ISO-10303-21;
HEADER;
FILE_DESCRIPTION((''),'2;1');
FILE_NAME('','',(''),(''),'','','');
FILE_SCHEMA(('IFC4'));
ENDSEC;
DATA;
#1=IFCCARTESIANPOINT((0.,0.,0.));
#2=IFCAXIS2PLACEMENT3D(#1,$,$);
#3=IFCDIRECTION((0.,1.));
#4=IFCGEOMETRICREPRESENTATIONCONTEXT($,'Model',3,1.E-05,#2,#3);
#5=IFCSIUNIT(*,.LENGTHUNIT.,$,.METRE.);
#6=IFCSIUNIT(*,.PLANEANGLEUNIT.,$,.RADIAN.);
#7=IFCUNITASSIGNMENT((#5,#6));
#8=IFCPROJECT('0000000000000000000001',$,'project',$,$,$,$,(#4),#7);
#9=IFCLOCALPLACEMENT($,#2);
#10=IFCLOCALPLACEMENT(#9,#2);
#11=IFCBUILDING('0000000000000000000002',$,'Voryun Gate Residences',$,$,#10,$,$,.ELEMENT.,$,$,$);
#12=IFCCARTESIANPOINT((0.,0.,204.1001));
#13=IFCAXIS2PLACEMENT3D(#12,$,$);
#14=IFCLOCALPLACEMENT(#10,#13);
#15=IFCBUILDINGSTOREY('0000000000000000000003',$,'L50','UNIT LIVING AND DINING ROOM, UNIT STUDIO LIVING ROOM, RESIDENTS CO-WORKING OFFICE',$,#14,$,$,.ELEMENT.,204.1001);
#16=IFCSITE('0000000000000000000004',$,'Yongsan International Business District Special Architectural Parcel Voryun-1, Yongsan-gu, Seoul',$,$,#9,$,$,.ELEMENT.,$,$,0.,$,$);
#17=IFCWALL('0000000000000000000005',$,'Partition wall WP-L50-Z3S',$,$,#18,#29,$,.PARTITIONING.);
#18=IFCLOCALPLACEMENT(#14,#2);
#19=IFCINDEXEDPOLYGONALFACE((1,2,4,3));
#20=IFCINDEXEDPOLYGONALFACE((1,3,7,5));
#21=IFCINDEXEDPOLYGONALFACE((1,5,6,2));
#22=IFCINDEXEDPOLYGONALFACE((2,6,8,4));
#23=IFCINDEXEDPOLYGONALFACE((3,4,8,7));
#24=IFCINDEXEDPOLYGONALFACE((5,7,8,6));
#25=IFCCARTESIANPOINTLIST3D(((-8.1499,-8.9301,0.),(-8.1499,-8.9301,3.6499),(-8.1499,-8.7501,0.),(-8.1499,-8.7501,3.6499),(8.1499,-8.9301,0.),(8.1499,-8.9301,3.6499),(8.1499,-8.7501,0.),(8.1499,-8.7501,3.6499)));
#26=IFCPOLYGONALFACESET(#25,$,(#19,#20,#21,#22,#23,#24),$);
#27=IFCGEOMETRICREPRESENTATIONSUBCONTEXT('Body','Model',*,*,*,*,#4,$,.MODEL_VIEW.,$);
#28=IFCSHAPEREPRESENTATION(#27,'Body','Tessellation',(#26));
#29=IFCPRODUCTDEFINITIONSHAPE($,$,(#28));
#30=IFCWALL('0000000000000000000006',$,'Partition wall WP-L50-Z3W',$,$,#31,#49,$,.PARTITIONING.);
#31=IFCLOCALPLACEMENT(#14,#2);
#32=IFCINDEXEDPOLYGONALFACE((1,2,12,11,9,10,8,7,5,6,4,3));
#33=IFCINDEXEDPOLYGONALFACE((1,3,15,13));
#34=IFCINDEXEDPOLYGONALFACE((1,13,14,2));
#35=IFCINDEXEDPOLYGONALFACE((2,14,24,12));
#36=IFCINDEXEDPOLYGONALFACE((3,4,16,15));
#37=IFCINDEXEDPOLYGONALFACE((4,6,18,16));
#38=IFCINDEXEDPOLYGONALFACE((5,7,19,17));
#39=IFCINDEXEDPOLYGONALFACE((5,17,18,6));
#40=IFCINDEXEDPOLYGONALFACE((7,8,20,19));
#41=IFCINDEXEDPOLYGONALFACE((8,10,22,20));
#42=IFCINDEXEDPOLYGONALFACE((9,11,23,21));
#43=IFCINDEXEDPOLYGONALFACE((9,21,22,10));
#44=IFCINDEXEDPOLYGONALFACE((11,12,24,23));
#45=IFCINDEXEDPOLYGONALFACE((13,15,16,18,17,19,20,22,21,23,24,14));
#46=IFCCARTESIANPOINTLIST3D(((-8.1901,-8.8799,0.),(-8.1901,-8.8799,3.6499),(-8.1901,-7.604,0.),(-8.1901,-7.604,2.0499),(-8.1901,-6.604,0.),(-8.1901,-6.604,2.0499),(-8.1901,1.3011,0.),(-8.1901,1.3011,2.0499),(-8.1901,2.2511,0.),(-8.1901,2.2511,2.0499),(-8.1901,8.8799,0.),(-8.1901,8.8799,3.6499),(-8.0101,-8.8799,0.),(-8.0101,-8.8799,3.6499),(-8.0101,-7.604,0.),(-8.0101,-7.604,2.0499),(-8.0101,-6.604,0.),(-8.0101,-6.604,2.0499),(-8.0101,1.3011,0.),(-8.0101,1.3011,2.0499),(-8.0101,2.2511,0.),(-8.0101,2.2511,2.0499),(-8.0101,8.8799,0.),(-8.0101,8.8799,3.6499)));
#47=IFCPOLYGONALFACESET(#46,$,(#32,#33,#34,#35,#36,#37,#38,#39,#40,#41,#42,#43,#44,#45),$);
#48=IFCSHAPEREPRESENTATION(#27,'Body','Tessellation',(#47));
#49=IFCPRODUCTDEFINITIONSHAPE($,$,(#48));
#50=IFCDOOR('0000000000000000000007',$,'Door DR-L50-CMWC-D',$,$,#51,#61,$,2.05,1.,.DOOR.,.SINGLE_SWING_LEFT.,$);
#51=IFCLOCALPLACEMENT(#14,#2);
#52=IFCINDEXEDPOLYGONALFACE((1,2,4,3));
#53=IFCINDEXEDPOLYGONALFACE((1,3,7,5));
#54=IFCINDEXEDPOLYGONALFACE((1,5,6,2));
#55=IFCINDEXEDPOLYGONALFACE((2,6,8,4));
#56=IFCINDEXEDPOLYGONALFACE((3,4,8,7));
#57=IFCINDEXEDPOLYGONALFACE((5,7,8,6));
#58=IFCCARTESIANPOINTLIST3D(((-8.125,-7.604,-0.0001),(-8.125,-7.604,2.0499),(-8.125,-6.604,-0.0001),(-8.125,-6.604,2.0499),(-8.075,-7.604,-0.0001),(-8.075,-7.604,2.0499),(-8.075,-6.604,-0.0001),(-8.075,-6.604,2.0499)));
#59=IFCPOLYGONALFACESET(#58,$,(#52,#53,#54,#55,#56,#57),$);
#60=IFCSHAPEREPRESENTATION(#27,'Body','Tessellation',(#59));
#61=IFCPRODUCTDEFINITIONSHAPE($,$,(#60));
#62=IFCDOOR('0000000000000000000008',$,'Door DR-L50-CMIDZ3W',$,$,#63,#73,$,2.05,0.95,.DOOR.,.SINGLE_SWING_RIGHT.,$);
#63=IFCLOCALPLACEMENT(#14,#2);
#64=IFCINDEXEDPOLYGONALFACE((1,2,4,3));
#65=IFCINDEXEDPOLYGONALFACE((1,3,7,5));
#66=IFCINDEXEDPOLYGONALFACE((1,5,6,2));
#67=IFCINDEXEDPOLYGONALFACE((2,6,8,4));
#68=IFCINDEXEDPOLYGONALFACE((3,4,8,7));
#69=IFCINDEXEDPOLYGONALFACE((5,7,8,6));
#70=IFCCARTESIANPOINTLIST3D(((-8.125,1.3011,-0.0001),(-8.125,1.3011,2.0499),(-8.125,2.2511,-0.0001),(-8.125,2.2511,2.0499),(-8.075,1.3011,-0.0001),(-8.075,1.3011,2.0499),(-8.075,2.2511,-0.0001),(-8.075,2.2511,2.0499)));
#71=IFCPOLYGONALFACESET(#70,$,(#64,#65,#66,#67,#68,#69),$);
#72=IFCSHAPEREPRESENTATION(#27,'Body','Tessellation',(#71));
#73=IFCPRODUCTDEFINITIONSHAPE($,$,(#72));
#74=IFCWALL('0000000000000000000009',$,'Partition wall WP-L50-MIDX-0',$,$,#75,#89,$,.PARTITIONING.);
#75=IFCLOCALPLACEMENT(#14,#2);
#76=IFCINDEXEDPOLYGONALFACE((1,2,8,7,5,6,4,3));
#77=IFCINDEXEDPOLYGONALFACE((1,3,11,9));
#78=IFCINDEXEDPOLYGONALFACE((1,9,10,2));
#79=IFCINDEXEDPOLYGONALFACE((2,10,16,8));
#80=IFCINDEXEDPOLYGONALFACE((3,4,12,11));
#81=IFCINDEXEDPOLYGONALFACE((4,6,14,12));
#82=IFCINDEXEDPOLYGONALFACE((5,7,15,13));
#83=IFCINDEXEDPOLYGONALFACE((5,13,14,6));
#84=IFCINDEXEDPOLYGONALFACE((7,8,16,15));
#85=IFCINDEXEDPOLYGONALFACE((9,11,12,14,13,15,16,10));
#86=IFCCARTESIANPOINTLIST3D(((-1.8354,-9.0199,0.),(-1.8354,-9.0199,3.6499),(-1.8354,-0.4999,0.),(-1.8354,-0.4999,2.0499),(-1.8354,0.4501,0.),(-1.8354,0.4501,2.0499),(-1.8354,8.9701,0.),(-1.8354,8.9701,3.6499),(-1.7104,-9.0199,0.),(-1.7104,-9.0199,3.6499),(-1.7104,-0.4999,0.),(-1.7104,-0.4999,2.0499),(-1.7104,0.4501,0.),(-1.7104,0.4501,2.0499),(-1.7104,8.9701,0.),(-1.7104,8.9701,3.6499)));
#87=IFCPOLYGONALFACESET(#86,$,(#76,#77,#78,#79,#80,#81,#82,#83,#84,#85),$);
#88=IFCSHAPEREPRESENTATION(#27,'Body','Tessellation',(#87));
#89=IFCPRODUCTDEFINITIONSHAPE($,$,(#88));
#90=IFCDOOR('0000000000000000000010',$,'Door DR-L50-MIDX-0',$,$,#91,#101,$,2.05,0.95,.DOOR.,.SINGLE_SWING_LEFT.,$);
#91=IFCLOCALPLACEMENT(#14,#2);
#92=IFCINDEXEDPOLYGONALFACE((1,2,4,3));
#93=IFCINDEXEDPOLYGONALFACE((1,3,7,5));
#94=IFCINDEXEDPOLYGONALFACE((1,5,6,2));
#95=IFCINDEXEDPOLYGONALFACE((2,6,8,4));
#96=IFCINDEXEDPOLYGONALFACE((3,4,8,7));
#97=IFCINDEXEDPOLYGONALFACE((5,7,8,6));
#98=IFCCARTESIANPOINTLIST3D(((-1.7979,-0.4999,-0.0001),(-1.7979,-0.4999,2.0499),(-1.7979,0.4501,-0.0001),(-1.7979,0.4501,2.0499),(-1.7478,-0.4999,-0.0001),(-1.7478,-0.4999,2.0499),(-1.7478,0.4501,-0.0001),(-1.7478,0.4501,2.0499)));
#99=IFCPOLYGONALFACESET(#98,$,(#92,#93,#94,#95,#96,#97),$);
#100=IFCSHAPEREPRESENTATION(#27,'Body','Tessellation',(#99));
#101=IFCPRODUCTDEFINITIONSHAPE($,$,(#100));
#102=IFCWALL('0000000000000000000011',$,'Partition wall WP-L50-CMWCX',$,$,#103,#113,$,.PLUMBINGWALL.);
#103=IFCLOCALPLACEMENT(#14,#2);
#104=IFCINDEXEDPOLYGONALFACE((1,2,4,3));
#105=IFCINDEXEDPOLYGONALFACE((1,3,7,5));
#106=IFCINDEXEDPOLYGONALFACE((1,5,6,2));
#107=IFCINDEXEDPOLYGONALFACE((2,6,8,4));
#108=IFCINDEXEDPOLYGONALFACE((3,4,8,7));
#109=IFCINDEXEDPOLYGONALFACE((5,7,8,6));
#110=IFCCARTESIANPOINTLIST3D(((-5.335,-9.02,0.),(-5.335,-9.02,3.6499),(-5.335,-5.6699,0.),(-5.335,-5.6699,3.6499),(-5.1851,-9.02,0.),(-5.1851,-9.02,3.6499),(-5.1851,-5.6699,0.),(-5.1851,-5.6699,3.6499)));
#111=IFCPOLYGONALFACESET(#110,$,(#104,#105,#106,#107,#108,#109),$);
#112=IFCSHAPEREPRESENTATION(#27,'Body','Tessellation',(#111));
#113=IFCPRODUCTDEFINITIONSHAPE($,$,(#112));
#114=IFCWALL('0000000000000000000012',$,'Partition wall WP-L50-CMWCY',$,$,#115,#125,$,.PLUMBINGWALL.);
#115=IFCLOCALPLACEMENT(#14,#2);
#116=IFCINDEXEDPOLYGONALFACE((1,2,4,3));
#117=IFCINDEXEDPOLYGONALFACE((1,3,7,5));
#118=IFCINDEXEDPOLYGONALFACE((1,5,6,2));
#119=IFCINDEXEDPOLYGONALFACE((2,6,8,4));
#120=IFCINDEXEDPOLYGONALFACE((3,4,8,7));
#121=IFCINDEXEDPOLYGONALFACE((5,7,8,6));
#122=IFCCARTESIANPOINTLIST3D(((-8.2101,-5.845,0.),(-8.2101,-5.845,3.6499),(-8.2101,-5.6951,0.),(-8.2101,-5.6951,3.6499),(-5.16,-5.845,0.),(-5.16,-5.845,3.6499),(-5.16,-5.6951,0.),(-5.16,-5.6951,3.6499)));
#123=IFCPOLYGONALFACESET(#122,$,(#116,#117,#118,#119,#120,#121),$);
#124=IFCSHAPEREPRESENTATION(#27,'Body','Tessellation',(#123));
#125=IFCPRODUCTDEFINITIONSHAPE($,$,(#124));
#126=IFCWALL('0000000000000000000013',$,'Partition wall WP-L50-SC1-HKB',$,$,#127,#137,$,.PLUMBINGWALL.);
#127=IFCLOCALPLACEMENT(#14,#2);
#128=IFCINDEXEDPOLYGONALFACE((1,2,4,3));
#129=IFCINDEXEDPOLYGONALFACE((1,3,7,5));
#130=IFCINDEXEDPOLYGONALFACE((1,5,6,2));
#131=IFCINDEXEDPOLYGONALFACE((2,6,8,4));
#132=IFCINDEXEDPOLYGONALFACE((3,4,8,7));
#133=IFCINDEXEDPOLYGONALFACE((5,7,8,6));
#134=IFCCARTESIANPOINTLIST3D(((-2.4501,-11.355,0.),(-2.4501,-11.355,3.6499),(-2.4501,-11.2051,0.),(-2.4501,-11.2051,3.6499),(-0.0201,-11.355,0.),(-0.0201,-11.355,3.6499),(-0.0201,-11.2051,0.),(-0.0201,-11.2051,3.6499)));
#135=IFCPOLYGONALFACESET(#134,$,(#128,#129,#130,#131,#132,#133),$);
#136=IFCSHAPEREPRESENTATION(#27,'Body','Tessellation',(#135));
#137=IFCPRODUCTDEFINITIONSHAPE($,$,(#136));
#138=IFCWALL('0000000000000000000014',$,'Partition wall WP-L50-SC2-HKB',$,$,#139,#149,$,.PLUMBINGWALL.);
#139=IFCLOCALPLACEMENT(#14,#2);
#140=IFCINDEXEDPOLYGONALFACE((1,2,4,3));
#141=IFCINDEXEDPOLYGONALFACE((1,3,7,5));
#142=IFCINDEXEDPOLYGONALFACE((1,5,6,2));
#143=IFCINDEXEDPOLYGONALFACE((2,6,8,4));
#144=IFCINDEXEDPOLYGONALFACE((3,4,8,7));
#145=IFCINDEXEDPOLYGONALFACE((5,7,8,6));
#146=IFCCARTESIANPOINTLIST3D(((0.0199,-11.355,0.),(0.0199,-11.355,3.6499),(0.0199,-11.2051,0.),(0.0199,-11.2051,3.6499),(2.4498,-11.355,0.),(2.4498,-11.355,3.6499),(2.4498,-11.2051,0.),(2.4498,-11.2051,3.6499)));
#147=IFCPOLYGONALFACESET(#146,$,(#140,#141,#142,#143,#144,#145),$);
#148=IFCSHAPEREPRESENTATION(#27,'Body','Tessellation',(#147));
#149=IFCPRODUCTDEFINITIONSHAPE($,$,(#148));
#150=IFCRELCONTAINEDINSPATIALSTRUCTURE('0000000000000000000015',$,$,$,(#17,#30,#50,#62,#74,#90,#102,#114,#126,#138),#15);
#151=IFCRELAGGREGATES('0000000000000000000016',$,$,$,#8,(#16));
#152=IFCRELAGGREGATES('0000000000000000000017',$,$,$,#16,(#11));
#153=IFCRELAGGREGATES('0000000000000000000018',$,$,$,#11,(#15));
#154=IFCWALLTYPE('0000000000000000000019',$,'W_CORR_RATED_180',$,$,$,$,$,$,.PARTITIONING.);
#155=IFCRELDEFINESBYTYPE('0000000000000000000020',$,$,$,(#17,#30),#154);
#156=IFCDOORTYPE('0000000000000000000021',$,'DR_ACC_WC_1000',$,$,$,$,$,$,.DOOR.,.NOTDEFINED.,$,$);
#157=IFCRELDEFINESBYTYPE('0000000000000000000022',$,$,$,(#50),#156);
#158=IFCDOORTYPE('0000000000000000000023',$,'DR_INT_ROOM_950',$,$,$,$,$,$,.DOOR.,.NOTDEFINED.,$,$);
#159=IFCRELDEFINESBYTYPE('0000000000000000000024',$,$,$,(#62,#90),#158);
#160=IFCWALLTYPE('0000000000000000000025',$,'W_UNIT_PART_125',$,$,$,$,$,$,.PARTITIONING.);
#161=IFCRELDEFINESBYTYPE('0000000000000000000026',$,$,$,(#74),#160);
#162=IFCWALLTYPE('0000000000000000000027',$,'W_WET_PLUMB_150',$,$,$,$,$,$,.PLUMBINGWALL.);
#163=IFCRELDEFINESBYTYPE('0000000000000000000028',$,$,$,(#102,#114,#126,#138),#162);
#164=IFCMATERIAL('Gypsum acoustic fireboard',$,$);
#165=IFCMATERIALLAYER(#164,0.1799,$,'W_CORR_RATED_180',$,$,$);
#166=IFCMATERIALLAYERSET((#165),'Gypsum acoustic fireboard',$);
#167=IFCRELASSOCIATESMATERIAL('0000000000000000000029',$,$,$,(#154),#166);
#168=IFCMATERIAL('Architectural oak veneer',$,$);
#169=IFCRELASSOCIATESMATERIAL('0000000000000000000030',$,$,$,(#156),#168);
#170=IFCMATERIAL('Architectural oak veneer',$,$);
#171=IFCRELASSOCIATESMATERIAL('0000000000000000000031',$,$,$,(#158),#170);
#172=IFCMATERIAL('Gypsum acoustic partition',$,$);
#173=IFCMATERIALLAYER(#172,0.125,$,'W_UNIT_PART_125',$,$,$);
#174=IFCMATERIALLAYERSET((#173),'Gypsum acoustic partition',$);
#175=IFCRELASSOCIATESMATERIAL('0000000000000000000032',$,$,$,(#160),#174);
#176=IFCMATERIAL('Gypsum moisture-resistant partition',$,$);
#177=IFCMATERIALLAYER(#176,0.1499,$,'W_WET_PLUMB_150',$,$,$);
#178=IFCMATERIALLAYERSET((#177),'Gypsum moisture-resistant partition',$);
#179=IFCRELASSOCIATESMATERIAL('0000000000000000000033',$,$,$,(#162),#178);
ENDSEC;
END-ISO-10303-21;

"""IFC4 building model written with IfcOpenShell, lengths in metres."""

from ifc_helpers import new_model, si_unit, direction, frame, frame_2d, origin, place, context, subcontext, project, spatial, rectangle, extrude, material, layer, layer_set, type_object, element, fill, save


model = new_model("IFC4")

# Units and contexts
model_context = context("Model", 3, precision=1e-05, world=origin(), true_north=direction((0.0, 1.0)))
body_context = subcontext(model_context, "Body", "Model", "MODEL_VIEW")
ifc_project = project(units=[si_unit("LENGTHUNIT", "METRE"), si_unit("PLANEANGLEUNIT", "RADIAN")], contexts=[model_context])

# Site, building, storey
site_placement = place(None, origin())
site = spatial("IfcSite", under=ifc_project, at=site_placement, Name="Yongsan International Business District Special Architectural Parcel Voryun-1, Yongsan-gu, Seoul", CompositionType="ELEMENT", RefElevation=0.0)
building_placement = place(site_placement, origin())
building = spatial("IfcBuilding", under=site, at=building_placement, Name="Voryun Gate Residences", CompositionType="ELEMENT")
storey_placement = place(building_placement, frame((0.0, 0.0, 204.1001)))
storey = spatial("IfcBuildingStorey", under=building, at=storey_placement, Name="L50", Description="UNIT LIVING AND DINING ROOM, UNIT STUDIO LIVING ROOM, RESIDENTS CO-WORKING OFFICE", CompositionType="ELEMENT", Elevation=204.1001)

# Shared definitions
ifc_material_1 = material(Name="Gypsum acoustic fireboard")
ifc_layer_1 = layer(ifc_material_1, 0.1799, Name="W_CORR_RATED_180")
ifc_layer_set_1 = layer_set([ifc_layer_1], Name="Gypsum acoustic fireboard")
wall_type_1 = type_object("IfcWallType", Name="W_CORR_RATED_180", PredefinedType="PARTITIONING", material=ifc_layer_set_1)

# Wall
wall_1_placement = place(storey_placement, frame((-8.1499, -8.8401, 0.0), z_axis=(0.0, 0.0, 1.0), x_axis=(1.0, 0.0, 0.0)))
element("IfcWall", 1, at=wall_1_placement, inside=storey, type_object=wall_type_1, Name="Partition wall WP-L50-Z3S", PredefinedType="PARTITIONING", context=body_context, shape_type="SweptSolid", body=[
    extrude(rectangle(XDim=16.2998, YDim=0.1799, at=frame_2d((8.1499, 0.0))), origin(), (0.0, 0.0, 1.0), 3.6499),
])

# Wall, openings, doors
wall_2_placement = place(storey_placement, frame((-8.1001, -8.8799, 0.0), z_axis=(0.0, 0.0, 1.0), x_axis=(0.0, 1.0, 0.0)))
wall_2 = element("IfcWall", 2, at=wall_2_placement, inside=storey, type_object=wall_type_1, Name="Partition wall WP-L50-Z3W", PredefinedType="PARTITIONING", context=body_context, shape_type="SweptSolid", body=[
    extrude(rectangle(XDim=17.7598, YDim=0.1799, at=frame_2d((8.8799, 0.0))), origin(), (0.0, 0.0, 1.0), 3.6499),
])
opening_1_placement = place(wall_2_placement, frame((1.2759, 0.0, 0.0)))
opening_1 = element("IfcOpeningElement", 3, at=opening_1_placement, cuts=wall_2, PredefinedType="OPENING", context=body_context, shape_type="SweptSolid", body=[
    extrude(rectangle(XDim=1.0, YDim=2.05, at=frame_2d((0.5, 1.0249))), frame((0.0, 0.0999, 0.0), z_axis=(0.0, -1.0, 0.0), x_axis=(1.0, 0.0, 0.0)), (0.0, 0.0, 1.0), 0.2),
])
opening_2_placement = place(wall_2_placement, frame((10.1809, 0.0, 0.0)))
opening_2 = element("IfcOpeningElement", 4, at=opening_2_placement, cuts=wall_2, PredefinedType="OPENING", context=body_context, shape_type="SweptSolid", body=[
    extrude(rectangle(XDim=0.95, YDim=2.05, at=frame_2d((0.4751, 1.0249))), frame((0.0, 0.0999, 0.0), z_axis=(0.0, -1.0, 0.0), x_axis=(1.0, 0.0, 0.0)), (0.0, 0.0, 1.0), 0.2),
])
ifc_material_2 = material(Name="Architectural oak veneer")
door_type_1 = type_object("IfcDoorType", Name="DR_ACC_WC_1000", OperationType="NOTDEFINED", PredefinedType="DOOR", material=ifc_material_2)
door_1_placement = place(opening_1_placement, origin())
door_1 = element("IfcDoor", 5, at=door_1_placement, inside=storey, type_object=door_type_1, Name="Door DR-L50-CMWC-D", OperationType="SINGLE_SWING_LEFT", OverallHeight=2.05, OverallWidth=1.0, PredefinedType="DOOR", context=body_context, shape_type="SweptSolid", body=[
    extrude(rectangle(XDim=1.0, YDim=2.05, at=frame_2d((0.5, 1.0249))), frame((0.0, 0.0249, 0.0), z_axis=(0.0, -1.0, 0.0), x_axis=(1.0, 0.0, 0.0)), (0.0, 0.0, 1.0), 0.05),
])
fill(opening_1, door_1)
ifc_material_3 = material(Name="Architectural oak veneer")
door_type_2 = type_object("IfcDoorType", Name="DR_INT_ROOM_950", OperationType="NOTDEFINED", PredefinedType="DOOR", material=ifc_material_3)
door_2_placement = place(opening_2_placement, origin())
door_2 = element("IfcDoor", 6, at=door_2_placement, inside=storey, type_object=door_type_2, Name="Door DR-L50-CMIDZ3W", OperationType="SINGLE_SWING_RIGHT", OverallHeight=2.05, OverallWidth=0.95, PredefinedType="DOOR", context=body_context, shape_type="SweptSolid", body=[
    extrude(rectangle(XDim=0.95, YDim=2.05, at=frame_2d((0.4751, 1.0249))), frame((0.0, 0.0249, 0.0), z_axis=(0.0, -1.0, 0.0), x_axis=(1.0, 0.0, 0.0)), (0.0, 0.0, 1.0), 0.05),
])
fill(opening_2, door_2)

# Wall, opening, door
ifc_material_4 = material(Name="Gypsum acoustic partition")
ifc_layer_2 = layer(ifc_material_4, 0.125, Name="W_UNIT_PART_125")
ifc_layer_set_2 = layer_set([ifc_layer_2], Name="Gypsum acoustic partition")
wall_type_2 = type_object("IfcWallType", Name="W_UNIT_PART_125", PredefinedType="PARTITIONING", material=ifc_layer_set_2)
wall_3_placement = place(storey_placement, frame((-1.7729, -9.02, 0.0), z_axis=(0.0, 0.0, 1.0), x_axis=(0.0, 1.0, 0.0)))
wall_3 = element("IfcWall", 7, at=wall_3_placement, inside=storey, type_object=wall_type_2, Name="Partition wall WP-L50-MIDX-0", PredefinedType="PARTITIONING", context=body_context, shape_type="SweptSolid", body=[
    extrude(rectangle(XDim=17.99, YDim=0.125, at=frame_2d((8.9951, 0.0))), origin(), (0.0, 0.0, 1.0), 3.6499),
])
opening_3_placement = place(wall_3_placement, frame((8.52, 0.0, 0.0)))
opening_3 = element("IfcOpeningElement", 8, at=opening_3_placement, cuts=wall_3, PredefinedType="OPENING", context=body_context, shape_type="SweptSolid", body=[
    extrude(rectangle(XDim=0.95, YDim=2.05, at=frame_2d((0.4751, 1.0249))), frame((0.0, 0.0725, 0.0), z_axis=(0.0, -1.0, 0.0), x_axis=(1.0, 0.0, 0.0)), (0.0, 0.0, 1.0), 0.145),
])
door_3_placement = place(opening_3_placement, origin())
door_3 = element("IfcDoor", 9, at=door_3_placement, inside=storey, type_object=door_type_2, Name="Door DR-L50-MIDX-0", OperationType="SINGLE_SWING_LEFT", OverallHeight=2.05, OverallWidth=0.95, PredefinedType="DOOR", context=body_context, shape_type="SweptSolid", body=[
    extrude(rectangle(XDim=0.95, YDim=2.05, at=frame_2d((0.4751, 1.0249))), frame((0.0, 0.0249, 0.0), z_axis=(0.0, -1.0, 0.0), x_axis=(1.0, 0.0, 0.0)), (0.0, 0.0, 1.0), 0.05),
])
fill(opening_3, door_3)

# Walls
ifc_material_5 = material(Name="Gypsum moisture-resistant partition")
ifc_layer_3 = layer(ifc_material_5, 0.1499, Name="W_WET_PLUMB_150")
ifc_layer_set_3 = layer_set([ifc_layer_3], Name="Gypsum moisture-resistant partition")
wall_type_3 = type_object("IfcWallType", Name="W_WET_PLUMB_150", PredefinedType="PLUMBINGWALL", material=ifc_layer_set_3)
wall_4_placement = place(storey_placement, frame((-5.26, -9.02, 0.0), z_axis=(0.0, 0.0, 1.0), x_axis=(0.0, 1.0, 0.0)))
element("IfcWall", 10, at=wall_4_placement, inside=storey, type_object=wall_type_3, Name="Partition wall WP-L50-CMWCX", PredefinedType="PLUMBINGWALL", context=body_context, shape_type="SweptSolid", body=[
    extrude(rectangle(XDim=3.3501, YDim=0.1499, at=frame_2d((1.675, 0.0))), origin(), (0.0, 0.0, 1.0), 3.6499),
])
wall_5_placement = place(storey_placement, frame((-8.21, -5.77, 0.0), z_axis=(0.0, 0.0, 1.0), x_axis=(1.0, 0.0, 0.0)))
element("IfcWall", 11, at=wall_5_placement, inside=storey, type_object=wall_type_3, Name="Partition wall WP-L50-CMWCY", PredefinedType="PLUMBINGWALL", context=body_context, shape_type="SweptSolid", body=[
    extrude(rectangle(XDim=3.05, YDim=0.1499, at=frame_2d((1.5249, 0.0))), origin(), (0.0, 0.0, 1.0), 3.6499),
])
for number, where, z_axis, x_axis, name in (
    (12, (-2.45, -11.28, 0.0), (0.0, 0.0, 1.0), (1.0, 0.0, 0.0), "Partition wall WP-L50-SC1-HKB"),
    (13, (0.02, -11.28, 0.0), (0.0, 0.0, 1.0), (1.0, 0.0, 0.0), "Partition wall WP-L50-SC2-HKB"),
):
    element("IfcWall", number, at=place(storey_placement, frame(where, z_axis=z_axis, x_axis=x_axis)), inside=storey, type_object=wall_type_3, Name=name, PredefinedType="PLUMBINGWALL", context=body_context, shape_type="SweptSolid", body=[
        extrude(rectangle(XDim=2.4299, YDim=0.1499, at=frame_2d((1.2148, 0.0))), origin(), (0.0, 0.0, 1.0), 3.6499),
    ])

save(model, "model.ifc")
